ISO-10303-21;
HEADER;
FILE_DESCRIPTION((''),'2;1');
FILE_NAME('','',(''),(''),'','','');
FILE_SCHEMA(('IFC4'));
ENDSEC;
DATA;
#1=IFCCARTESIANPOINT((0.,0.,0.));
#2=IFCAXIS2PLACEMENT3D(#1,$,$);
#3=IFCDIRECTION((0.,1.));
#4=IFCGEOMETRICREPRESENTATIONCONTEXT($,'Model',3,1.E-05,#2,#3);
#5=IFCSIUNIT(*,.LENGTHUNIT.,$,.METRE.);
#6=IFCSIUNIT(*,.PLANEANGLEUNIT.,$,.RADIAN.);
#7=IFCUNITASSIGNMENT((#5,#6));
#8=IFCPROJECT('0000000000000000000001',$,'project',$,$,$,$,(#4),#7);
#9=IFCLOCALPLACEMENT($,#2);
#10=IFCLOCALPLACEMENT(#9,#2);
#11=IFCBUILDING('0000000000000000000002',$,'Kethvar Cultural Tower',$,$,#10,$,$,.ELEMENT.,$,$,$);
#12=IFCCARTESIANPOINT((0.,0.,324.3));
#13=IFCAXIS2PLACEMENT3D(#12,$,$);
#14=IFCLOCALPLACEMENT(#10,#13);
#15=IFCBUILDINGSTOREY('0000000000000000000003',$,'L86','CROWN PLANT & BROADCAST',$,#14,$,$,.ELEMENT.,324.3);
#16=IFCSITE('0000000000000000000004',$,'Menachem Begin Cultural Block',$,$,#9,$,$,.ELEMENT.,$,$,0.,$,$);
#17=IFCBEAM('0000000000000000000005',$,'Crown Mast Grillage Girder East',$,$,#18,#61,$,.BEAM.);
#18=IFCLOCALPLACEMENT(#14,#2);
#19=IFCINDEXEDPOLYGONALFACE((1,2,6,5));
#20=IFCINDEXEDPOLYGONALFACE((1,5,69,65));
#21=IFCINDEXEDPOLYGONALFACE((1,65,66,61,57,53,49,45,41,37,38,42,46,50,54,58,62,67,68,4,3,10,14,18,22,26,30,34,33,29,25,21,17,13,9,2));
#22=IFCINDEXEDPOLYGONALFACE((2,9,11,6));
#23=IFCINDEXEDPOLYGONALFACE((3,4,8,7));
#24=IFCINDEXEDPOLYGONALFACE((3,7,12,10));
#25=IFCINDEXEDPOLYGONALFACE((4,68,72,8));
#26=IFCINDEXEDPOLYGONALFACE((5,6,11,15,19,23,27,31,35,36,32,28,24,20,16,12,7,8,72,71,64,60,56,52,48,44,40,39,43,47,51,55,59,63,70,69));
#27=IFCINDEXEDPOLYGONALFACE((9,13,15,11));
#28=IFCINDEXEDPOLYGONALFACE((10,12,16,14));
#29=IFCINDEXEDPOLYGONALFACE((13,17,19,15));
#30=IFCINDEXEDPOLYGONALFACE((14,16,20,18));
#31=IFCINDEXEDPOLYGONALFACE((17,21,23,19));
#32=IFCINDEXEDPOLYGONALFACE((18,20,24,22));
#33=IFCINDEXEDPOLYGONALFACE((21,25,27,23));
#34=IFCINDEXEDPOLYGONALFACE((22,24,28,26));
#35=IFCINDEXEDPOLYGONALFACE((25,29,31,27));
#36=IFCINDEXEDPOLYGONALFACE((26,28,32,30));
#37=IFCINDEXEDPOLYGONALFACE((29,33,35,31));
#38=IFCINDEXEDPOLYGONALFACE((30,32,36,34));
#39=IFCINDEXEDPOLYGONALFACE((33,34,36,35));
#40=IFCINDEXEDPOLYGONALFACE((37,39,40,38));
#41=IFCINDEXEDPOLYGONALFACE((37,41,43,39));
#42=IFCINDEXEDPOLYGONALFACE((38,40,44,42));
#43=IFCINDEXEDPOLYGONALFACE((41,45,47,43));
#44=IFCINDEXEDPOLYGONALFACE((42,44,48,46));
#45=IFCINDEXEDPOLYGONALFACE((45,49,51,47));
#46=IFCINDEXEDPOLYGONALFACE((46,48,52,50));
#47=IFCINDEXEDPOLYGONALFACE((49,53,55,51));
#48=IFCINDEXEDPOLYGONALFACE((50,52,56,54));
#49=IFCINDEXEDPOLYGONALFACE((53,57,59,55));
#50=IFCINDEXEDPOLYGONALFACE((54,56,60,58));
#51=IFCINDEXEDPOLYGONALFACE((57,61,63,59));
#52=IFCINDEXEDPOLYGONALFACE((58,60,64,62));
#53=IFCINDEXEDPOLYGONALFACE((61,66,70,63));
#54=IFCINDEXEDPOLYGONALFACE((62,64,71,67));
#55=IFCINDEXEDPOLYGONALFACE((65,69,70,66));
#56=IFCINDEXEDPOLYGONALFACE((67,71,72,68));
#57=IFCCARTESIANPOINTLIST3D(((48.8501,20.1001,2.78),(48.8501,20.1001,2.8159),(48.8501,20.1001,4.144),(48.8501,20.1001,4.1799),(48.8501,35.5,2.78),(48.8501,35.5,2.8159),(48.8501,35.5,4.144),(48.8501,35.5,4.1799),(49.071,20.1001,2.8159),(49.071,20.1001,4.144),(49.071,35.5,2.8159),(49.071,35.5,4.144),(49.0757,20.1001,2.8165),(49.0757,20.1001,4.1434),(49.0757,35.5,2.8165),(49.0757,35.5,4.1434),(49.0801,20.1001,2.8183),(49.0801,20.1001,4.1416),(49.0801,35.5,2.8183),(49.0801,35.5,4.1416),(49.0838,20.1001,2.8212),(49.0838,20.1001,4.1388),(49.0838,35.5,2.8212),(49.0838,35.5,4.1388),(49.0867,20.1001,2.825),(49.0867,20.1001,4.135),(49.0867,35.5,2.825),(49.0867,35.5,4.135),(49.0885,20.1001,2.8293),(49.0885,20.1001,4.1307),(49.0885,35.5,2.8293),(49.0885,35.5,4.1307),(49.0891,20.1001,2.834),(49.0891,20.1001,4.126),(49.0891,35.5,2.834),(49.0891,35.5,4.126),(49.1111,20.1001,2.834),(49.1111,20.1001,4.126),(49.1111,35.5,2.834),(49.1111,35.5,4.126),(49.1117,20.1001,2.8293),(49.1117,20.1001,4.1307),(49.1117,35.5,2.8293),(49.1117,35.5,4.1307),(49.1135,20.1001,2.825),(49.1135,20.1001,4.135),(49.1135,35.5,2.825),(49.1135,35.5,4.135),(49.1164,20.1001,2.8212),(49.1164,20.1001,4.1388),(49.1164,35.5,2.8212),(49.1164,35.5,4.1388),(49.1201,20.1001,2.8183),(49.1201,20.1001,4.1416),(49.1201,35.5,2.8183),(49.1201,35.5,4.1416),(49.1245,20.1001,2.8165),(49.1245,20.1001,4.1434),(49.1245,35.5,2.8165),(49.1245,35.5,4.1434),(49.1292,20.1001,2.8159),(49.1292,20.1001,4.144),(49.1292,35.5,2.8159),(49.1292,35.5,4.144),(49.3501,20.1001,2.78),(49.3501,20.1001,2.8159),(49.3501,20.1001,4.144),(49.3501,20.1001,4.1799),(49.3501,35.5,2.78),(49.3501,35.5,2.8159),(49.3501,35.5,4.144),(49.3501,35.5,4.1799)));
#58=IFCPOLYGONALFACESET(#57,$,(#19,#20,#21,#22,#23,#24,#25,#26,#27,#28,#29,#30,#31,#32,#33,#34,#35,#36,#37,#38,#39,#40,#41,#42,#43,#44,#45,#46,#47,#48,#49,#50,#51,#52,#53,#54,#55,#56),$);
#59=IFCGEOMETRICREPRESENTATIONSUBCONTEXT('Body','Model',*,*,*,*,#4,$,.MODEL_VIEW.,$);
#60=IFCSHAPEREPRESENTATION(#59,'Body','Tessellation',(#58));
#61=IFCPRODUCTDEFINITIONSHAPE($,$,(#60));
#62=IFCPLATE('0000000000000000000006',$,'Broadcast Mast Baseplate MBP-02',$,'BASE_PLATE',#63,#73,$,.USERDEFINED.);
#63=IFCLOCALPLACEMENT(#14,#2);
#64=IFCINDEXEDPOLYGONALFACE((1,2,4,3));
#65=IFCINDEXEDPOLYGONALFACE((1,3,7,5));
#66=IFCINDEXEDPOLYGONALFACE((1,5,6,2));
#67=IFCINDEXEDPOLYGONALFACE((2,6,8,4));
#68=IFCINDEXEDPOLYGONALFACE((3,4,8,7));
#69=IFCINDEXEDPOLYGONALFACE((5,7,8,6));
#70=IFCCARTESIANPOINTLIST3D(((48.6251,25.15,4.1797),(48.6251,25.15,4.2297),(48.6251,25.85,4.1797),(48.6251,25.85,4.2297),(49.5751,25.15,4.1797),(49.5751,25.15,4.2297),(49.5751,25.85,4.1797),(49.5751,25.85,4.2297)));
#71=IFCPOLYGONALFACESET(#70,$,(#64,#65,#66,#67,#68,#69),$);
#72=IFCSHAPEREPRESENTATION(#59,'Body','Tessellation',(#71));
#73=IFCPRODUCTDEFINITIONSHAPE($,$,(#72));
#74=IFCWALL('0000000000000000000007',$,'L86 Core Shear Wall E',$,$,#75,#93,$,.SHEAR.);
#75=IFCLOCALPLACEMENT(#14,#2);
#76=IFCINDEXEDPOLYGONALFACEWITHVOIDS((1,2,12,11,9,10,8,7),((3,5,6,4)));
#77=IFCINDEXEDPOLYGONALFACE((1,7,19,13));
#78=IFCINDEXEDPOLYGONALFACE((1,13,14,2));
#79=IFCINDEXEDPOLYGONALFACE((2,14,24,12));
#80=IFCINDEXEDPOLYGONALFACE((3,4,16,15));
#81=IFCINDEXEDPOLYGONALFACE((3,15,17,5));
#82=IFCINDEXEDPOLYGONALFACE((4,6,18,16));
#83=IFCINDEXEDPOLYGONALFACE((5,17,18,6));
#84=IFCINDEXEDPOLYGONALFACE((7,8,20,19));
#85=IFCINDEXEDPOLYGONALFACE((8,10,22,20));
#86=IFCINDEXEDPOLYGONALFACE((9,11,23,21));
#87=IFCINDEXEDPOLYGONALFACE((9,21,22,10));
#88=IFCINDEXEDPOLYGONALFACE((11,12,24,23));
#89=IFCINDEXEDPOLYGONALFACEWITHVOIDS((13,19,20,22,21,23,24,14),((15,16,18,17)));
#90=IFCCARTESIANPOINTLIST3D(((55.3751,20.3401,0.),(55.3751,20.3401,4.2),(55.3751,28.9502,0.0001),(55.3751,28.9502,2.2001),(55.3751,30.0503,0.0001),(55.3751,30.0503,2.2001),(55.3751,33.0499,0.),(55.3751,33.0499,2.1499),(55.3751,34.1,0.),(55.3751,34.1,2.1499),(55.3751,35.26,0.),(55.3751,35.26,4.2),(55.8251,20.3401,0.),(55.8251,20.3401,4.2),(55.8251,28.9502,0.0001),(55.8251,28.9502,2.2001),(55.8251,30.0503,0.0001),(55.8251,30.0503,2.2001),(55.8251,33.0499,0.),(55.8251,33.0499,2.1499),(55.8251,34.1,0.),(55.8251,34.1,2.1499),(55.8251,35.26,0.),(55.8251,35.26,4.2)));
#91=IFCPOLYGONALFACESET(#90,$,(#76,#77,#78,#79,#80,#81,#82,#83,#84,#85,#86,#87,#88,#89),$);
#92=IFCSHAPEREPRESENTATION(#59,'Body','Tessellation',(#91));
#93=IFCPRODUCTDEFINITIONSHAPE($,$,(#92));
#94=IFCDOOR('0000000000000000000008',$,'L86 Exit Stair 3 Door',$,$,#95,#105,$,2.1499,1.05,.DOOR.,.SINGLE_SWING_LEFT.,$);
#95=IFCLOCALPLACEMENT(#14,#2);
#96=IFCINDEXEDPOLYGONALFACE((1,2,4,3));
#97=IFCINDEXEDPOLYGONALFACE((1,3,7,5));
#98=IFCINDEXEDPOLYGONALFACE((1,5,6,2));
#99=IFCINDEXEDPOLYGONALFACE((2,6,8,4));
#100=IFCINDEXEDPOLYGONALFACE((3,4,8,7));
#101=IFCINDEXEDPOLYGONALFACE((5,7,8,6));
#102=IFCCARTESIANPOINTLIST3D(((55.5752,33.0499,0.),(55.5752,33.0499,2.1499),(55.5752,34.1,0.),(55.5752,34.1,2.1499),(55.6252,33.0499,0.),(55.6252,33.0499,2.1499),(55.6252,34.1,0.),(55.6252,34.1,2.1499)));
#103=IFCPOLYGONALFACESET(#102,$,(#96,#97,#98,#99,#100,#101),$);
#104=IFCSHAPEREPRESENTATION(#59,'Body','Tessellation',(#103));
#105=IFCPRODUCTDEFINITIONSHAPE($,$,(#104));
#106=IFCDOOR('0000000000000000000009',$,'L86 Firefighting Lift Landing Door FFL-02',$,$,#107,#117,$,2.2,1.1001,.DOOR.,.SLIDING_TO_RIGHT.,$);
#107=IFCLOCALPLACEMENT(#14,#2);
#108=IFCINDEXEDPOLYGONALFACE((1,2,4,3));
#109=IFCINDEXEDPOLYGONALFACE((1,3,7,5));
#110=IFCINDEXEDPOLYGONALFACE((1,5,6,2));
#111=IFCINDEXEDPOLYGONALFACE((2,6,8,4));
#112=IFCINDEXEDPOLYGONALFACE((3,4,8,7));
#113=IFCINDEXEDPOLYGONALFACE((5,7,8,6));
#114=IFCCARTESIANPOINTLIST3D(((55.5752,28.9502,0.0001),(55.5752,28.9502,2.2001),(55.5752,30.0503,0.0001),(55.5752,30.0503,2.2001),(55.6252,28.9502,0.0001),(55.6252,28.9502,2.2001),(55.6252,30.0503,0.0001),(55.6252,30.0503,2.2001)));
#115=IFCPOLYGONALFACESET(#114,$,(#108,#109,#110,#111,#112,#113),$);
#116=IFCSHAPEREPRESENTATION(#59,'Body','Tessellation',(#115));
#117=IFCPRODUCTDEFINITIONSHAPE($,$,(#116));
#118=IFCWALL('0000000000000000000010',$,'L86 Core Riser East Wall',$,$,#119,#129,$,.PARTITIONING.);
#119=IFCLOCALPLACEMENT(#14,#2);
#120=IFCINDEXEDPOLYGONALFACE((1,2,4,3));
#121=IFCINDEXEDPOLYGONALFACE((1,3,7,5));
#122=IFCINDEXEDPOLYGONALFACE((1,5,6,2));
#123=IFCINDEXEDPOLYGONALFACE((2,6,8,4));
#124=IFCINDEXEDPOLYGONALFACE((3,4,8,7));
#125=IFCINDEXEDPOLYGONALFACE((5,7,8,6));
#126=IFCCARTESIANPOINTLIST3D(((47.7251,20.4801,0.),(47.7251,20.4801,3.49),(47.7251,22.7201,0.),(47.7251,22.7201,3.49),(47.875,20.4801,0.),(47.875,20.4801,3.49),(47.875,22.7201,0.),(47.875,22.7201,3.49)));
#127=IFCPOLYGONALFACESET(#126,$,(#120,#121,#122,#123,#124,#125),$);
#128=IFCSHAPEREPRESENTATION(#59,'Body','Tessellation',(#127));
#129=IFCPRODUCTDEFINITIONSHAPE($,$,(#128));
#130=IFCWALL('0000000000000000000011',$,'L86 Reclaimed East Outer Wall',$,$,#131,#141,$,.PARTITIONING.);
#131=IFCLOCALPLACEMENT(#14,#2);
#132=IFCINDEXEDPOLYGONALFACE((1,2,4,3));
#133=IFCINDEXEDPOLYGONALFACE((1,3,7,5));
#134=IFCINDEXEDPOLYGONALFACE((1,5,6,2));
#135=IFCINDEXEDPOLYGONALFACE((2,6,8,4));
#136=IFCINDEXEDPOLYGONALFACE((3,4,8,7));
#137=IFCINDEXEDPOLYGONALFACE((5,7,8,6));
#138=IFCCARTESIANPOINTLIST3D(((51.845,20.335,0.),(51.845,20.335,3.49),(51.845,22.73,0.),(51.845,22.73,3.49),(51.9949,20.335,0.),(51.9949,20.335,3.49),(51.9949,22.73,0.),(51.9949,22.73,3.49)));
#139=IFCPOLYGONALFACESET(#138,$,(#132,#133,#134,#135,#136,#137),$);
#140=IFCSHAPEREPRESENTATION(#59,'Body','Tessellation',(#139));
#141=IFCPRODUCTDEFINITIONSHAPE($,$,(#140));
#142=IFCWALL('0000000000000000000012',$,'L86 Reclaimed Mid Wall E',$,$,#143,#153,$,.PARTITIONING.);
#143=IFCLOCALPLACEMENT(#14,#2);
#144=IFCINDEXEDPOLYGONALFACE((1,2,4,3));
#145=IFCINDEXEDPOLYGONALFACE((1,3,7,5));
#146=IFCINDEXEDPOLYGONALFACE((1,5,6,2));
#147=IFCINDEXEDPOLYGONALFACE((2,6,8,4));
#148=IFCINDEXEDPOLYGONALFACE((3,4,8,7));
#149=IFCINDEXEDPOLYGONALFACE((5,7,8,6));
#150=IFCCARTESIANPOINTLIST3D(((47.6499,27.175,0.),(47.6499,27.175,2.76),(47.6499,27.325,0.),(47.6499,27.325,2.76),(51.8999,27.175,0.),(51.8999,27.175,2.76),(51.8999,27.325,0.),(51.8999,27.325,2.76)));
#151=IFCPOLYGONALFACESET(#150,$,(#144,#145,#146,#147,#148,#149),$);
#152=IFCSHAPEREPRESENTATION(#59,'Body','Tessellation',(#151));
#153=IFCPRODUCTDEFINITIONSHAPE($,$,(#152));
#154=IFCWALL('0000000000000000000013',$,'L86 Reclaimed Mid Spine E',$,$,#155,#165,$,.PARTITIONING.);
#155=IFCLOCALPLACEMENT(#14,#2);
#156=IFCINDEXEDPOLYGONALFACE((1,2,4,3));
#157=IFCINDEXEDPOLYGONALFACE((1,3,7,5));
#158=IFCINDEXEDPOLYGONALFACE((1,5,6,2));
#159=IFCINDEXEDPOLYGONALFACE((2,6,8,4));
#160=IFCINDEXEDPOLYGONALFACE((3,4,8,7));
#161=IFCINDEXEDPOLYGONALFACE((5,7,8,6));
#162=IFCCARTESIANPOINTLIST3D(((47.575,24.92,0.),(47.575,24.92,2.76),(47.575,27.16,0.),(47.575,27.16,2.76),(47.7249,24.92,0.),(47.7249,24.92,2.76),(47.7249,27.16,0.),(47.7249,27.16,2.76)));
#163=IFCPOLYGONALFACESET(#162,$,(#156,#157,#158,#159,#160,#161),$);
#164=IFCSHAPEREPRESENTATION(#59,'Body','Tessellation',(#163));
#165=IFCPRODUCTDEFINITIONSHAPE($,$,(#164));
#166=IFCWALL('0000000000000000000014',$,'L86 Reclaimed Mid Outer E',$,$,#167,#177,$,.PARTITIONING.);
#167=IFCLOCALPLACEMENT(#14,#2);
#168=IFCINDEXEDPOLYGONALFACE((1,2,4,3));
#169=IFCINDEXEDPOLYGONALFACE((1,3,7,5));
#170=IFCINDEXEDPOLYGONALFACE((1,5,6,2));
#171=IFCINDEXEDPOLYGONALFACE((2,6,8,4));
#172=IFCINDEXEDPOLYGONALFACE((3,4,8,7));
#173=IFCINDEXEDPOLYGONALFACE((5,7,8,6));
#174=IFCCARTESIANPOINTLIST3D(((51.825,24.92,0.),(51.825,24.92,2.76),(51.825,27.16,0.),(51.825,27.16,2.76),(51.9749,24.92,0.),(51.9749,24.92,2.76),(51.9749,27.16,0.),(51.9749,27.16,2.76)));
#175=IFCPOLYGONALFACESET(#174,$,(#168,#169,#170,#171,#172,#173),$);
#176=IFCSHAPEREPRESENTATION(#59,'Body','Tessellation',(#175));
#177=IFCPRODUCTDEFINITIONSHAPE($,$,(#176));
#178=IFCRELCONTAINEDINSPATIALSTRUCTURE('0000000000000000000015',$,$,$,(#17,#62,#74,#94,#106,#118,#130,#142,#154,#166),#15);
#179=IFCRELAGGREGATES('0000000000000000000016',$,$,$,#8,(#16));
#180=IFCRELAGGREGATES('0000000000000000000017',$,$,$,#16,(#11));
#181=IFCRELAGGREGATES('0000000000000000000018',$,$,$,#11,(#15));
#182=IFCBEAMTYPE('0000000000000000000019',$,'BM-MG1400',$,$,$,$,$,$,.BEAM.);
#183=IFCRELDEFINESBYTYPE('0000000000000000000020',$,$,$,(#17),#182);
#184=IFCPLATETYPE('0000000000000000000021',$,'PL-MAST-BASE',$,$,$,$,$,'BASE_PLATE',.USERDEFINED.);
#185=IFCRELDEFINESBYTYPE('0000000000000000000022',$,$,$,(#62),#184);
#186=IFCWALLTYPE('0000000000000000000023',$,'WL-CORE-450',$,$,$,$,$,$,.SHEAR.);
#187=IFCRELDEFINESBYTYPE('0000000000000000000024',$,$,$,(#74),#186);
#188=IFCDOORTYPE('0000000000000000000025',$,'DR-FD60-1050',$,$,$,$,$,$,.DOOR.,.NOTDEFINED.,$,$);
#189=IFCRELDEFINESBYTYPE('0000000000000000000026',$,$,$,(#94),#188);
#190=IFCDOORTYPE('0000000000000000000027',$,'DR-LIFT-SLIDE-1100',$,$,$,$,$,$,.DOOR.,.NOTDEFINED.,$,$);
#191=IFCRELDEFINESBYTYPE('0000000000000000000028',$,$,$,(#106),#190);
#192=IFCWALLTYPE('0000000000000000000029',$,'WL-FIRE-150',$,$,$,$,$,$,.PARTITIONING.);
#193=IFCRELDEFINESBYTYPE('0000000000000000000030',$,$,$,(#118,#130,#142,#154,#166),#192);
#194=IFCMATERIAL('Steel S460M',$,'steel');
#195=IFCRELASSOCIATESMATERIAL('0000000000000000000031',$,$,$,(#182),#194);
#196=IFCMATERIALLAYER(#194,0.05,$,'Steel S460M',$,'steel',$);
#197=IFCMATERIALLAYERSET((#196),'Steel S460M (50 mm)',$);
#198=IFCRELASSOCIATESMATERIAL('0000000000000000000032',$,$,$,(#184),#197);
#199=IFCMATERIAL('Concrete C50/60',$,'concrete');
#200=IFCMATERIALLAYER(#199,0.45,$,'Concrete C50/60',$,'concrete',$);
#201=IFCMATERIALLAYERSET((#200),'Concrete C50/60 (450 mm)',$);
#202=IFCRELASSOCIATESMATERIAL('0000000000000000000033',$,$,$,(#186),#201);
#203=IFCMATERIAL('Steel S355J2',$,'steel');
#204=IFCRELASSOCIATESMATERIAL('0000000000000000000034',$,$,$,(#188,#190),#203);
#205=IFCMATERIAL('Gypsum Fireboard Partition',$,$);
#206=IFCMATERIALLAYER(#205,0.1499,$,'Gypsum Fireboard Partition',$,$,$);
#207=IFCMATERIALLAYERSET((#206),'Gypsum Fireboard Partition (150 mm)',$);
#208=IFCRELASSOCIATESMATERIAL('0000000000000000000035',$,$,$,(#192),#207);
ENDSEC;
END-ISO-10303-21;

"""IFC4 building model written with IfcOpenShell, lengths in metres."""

from ifc_helpers import new_model, si_unit, direction, frame, frame_2d, origin, origin_2d, place, context, subcontext, project, spatial, rectangle, i_section, extrude, source, transform, mapped, material, layer, layer_set, material_profile, profile_set, type_object, element, fill, save


model = new_model("IFC4")

# Units and contexts
model_context = context("Model", 3, precision=1e-05, world=origin(), true_north=direction((0.0, 1.0)))
body_context = subcontext(model_context, "Body", "Model", "MODEL_VIEW")
ifc_project = project(units=[si_unit("LENGTHUNIT", "METRE"), si_unit("PLANEANGLEUNIT", "RADIAN")], contexts=[model_context])

# Site, building, storey
site_placement = place(None, origin())
site = spatial("IfcSite", under=ifc_project, at=site_placement, Name="Menachem Begin Cultural Block", CompositionType="ELEMENT", RefElevation=0.0)
building_placement = place(site_placement, origin())
building = spatial("IfcBuilding", under=site, at=building_placement, Name="Kethvar Cultural Tower", CompositionType="ELEMENT")
storey_placement = place(building_placement, frame((0.0, 0.0, 324.3)))
storey = spatial("IfcBuildingStorey", under=building, at=storey_placement, Name="L86", Description="CROWN PLANT & BROADCAST", CompositionType="ELEMENT", Elevation=324.3)

# Beam
ifc_material_1 = material(Name="Steel S460M", Category="steel")
ifc_material_profile = material_profile(ifc_material_1, i_section(OverallWidth=0.5, OverallDepth=1.3999, WebThickness=0.022, FlangeThickness=0.0359, FilletRadius=0.0181, at=origin_2d()), Name="Steel S460M — PG1400x500x36x22")
ifc_profile_set = profile_set([ifc_material_profile], Name="Steel S460M — PG1400x500x36x22")
beam_type = type_object("IfcBeamType", Name="BM-MG1400", PredefinedType="BEAM", material=ifc_profile_set)
shared_shape_1 = source(origin(), body_context, "Body", "SweptSolid", [
    extrude(i_section(OverallWidth=0.5, OverallDepth=1.3999, WebThickness=0.022, FlangeThickness=0.0359, FilletRadius=0.0181, at=origin_2d()), origin(), (0.0, 0.0, 1.0), 15.3999),
])
beam_placement = place(storey_placement, frame((49.1001, 20.1001, 3.48), z_axis=(0.0, 1.0, 0.0), x_axis=(-1.0, 0.0, 0.0)))
element("IfcBeam", 1, at=beam_placement, inside=storey, type_object=beam_type, Name="Crown Mast Grillage Girder East", PredefinedType="BEAM", context=body_context, shape_type="MappedRepresentation", body=[
    mapped(shared_shape_1, transform((0.0, 0.0, 0.0), scale=1.0)),
])

# Plate
ifc_layer_1 = layer(ifc_material_1, 0.05, Name="Steel S460M", Category="steel")
ifc_layer_set_1 = layer_set([ifc_layer_1], Name="Steel S460M (50 mm)")
plate_type = type_object("IfcPlateType", Name="PL-MAST-BASE", ElementType="BASE_PLATE", PredefinedType="USERDEFINED", material=ifc_layer_set_1)
shared_shape_2 = source(origin(), body_context, "Body", "SweptSolid", [
    extrude(rectangle(XDim=0.95, YDim=0.7, at=origin_2d()), origin(), (0.0, 0.0, 1.0), 0.05),
])
plate_placement = place(storey_placement, frame((49.1001, 25.5, 4.1797), z_axis=(0.0, 0.0, 1.0), x_axis=(1.0, 0.0, 0.0)))
element("IfcPlate", 2, at=plate_placement, inside=storey, type_object=plate_type, Name="Broadcast Mast Baseplate MBP-02", ObjectType="BASE_PLATE", PredefinedType="USERDEFINED", context=body_context, shape_type="MappedRepresentation", body=[
    mapped(shared_shape_2, transform((0.0, 0.0, 0.0), scale=1.0)),
])

# Wall, openings, doors
ifc_material_2 = material(Name="Concrete C50/60", Category="concrete")
ifc_layer_2 = layer(ifc_material_2, 0.45, Name="Concrete C50/60", Category="concrete")
ifc_layer_set_2 = layer_set([ifc_layer_2], Name="Concrete C50/60 (450 mm)")
wall_type_1 = type_object("IfcWallType", Name="WL-CORE-450", PredefinedType="SHEAR", material=ifc_layer_set_2)
wall_1_placement = place(storey_placement, frame((55.6001, 20.3401, 0.0), z_axis=(0.0, 0.0, 1.0), x_axis=(0.0, 1.0, 0.0)))
wall_1 = element("IfcWall", 3, at=wall_1_placement, inside=storey, type_object=wall_type_1, Name="L86 Core Shear Wall E", PredefinedType="SHEAR", context=body_context, shape_type="SweptSolid", body=[
    extrude(rectangle(XDim=14.9199, YDim=0.45, at=frame_2d((7.46, 0.0))), origin(), (0.0, 0.0, 1.0), 4.2),
])
opening_1_placement = place(wall_1_placement, frame((12.71, 0.0, 0.0)))
opening_1 = element("IfcOpeningElement", 4, at=opening_1_placement, cuts=wall_1, PredefinedType="OPENING", context=body_context, shape_type="SweptSolid", body=[
    extrude(rectangle(XDim=1.05, YDim=2.1499, at=frame_2d((0.5249, 1.075))), frame((0.0, 0.2349, 0.0), z_axis=(0.0, -1.0, 0.0), x_axis=(1.0, 0.0, 0.0)), (0.0, 0.0, 1.0), 0.47),
])
opening_2_placement = place(wall_1_placement, frame((8.6101, 0.0, 0.0)))
opening_2 = element("IfcOpeningElement", 5, at=opening_2_placement, cuts=wall_1, PredefinedType="OPENING", context=body_context, shape_type="SweptSolid", body=[
    extrude(rectangle(XDim=1.1001, YDim=2.2, at=frame_2d((0.55, 1.1001))), frame((0.0, 0.2349, 0.0), z_axis=(0.0, -1.0, 0.0), x_axis=(1.0, 0.0, 0.0)), (0.0, 0.0, 1.0), 0.47),
])
ifc_material_3 = material(Name="Steel S355J2", Category="steel")
door_type_1 = type_object("IfcDoorType", Name="DR-FD60-1050", OperationType="NOTDEFINED", PredefinedType="DOOR", material=ifc_material_3)
shared_shape_3 = source(origin(), body_context, "Body", "SweptSolid", [
    extrude(rectangle(XDim=1.05, YDim=2.1499, at=frame_2d((0.5249, 1.075))), frame((0.0, 0.0249, 0.0), z_axis=(0.0, -1.0, 0.0), x_axis=(1.0, 0.0, 0.0)), (0.0, 0.0, 1.0), 0.05),
])
door_1_placement = place(opening_1_placement, origin())
door_1 = element("IfcDoor", 6, at=door_1_placement, inside=storey, type_object=door_type_1, Name="L86 Exit Stair 3 Door", OperationType="SINGLE_SWING_LEFT", OverallHeight=2.1499, OverallWidth=1.05, PredefinedType="DOOR", context=body_context, shape_type="MappedRepresentation", body=[
    mapped(shared_shape_3, transform((0.0, 0.0, 0.0), scale=1.0)),
])
fill(opening_1, door_1)
door_type_2 = type_object("IfcDoorType", Name="DR-LIFT-SLIDE-1100", OperationType="NOTDEFINED", PredefinedType="DOOR", material=ifc_material_3)
shared_shape_4 = source(origin(), body_context, "Body", "SweptSolid", [
    extrude(rectangle(XDim=1.1001, YDim=2.2, at=frame_2d((0.55, 1.1001))), frame((0.0, 0.0249, 0.0), z_axis=(0.0, -1.0, 0.0), x_axis=(1.0, 0.0, 0.0)), (0.0, 0.0, 1.0), 0.05),
])
door_2_placement = place(opening_2_placement, origin())
door_2 = element("IfcDoor", 7, at=door_2_placement, inside=storey, type_object=door_type_2, Name="L86 Firefighting Lift Landing Door FFL-02", OperationType="SLIDING_TO_RIGHT", OverallHeight=2.2, OverallWidth=1.1001, PredefinedType="DOOR", context=body_context, shape_type="MappedRepresentation", body=[
    mapped(shared_shape_4, transform((0.0, 0.0, 0.0), scale=1.0)),
])
fill(opening_2, door_2)

# Walls
ifc_material_4 = material(Name="Gypsum Fireboard Partition")
ifc_layer_3 = layer(ifc_material_4, 0.1499, Name="Gypsum Fireboard Partition")
ifc_layer_set_3 = layer_set([ifc_layer_3], Name="Gypsum Fireboard Partition (150 mm)")
wall_type_2 = type_object("IfcWallType", Name="WL-FIRE-150", PredefinedType="PARTITIONING", material=ifc_layer_set_3)
wall_2_placement = place(storey_placement, frame((47.8, 20.48, 0.0), z_axis=(0.0, 0.0, 1.0), x_axis=(0.0, 1.0, 0.0)))
element("IfcWall", 8, at=wall_2_placement, inside=storey, type_object=wall_type_2, Name="L86 Core Riser East Wall", PredefinedType="PARTITIONING", context=body_context, shape_type="SweptSolid", body=[
    extrude(rectangle(XDim=2.24, YDim=0.1499, at=frame_2d((1.1201, 0.0))), origin(), (0.0, 0.0, 1.0), 3.49),
])
wall_3_placement = place(storey_placement, frame((51.9199, 20.335, 0.0), z_axis=(0.0, 0.0, 1.0), x_axis=(0.0, 1.0, 0.0)))
element("IfcWall", 9, at=wall_3_placement, inside=storey, type_object=wall_type_2, Name="L86 Reclaimed East Outer Wall", PredefinedType="PARTITIONING", context=body_context, shape_type="SweptSolid", body=[
    extrude(rectangle(XDim=2.395, YDim=0.1499, at=frame_2d((1.1975, 0.0))), origin(), (0.0, 0.0, 1.0), 3.49),
])

# Walls
wall_4_placement = place(storey_placement, frame((47.6499, 27.25, 0.0), z_axis=(0.0, 0.0, 1.0), x_axis=(1.0, 0.0, 0.0)))
element("IfcWall", 10, at=wall_4_placement, inside=storey, type_object=wall_type_2, Name="L86 Reclaimed Mid Wall E", PredefinedType="PARTITIONING", context=body_context, shape_type="SweptSolid", body=[
    extrude(rectangle(XDim=4.25, YDim=0.1499, at=frame_2d((2.125, 0.0))), origin(), (0.0, 0.0, 1.0), 2.76),
])
for number, where, z_axis, x_axis, name in (
    (11, (47.6499, 24.9199, 0.0), (0.0, 0.0, 1.0), (0.0, 1.0, 0.0), "L86 Reclaimed Mid Spine E"),
    (12, (51.8999, 24.9199, 0.0), (0.0, 0.0, 1.0), (0.0, 1.0, 0.0), "L86 Reclaimed Mid Outer E"),
):
    element("IfcWall", number, at=place(storey_placement, frame(where, z_axis=z_axis, x_axis=x_axis)), inside=storey, type_object=wall_type_2, Name=name, PredefinedType="PARTITIONING", context=body_context, shape_type="SweptSolid", body=[
        extrude(rectangle(XDim=2.24, YDim=0.1499, at=frame_2d((1.1201, 0.0))), origin(), (0.0, 0.0, 1.0), 2.76),
    ])

save(model, "model.ifc")
